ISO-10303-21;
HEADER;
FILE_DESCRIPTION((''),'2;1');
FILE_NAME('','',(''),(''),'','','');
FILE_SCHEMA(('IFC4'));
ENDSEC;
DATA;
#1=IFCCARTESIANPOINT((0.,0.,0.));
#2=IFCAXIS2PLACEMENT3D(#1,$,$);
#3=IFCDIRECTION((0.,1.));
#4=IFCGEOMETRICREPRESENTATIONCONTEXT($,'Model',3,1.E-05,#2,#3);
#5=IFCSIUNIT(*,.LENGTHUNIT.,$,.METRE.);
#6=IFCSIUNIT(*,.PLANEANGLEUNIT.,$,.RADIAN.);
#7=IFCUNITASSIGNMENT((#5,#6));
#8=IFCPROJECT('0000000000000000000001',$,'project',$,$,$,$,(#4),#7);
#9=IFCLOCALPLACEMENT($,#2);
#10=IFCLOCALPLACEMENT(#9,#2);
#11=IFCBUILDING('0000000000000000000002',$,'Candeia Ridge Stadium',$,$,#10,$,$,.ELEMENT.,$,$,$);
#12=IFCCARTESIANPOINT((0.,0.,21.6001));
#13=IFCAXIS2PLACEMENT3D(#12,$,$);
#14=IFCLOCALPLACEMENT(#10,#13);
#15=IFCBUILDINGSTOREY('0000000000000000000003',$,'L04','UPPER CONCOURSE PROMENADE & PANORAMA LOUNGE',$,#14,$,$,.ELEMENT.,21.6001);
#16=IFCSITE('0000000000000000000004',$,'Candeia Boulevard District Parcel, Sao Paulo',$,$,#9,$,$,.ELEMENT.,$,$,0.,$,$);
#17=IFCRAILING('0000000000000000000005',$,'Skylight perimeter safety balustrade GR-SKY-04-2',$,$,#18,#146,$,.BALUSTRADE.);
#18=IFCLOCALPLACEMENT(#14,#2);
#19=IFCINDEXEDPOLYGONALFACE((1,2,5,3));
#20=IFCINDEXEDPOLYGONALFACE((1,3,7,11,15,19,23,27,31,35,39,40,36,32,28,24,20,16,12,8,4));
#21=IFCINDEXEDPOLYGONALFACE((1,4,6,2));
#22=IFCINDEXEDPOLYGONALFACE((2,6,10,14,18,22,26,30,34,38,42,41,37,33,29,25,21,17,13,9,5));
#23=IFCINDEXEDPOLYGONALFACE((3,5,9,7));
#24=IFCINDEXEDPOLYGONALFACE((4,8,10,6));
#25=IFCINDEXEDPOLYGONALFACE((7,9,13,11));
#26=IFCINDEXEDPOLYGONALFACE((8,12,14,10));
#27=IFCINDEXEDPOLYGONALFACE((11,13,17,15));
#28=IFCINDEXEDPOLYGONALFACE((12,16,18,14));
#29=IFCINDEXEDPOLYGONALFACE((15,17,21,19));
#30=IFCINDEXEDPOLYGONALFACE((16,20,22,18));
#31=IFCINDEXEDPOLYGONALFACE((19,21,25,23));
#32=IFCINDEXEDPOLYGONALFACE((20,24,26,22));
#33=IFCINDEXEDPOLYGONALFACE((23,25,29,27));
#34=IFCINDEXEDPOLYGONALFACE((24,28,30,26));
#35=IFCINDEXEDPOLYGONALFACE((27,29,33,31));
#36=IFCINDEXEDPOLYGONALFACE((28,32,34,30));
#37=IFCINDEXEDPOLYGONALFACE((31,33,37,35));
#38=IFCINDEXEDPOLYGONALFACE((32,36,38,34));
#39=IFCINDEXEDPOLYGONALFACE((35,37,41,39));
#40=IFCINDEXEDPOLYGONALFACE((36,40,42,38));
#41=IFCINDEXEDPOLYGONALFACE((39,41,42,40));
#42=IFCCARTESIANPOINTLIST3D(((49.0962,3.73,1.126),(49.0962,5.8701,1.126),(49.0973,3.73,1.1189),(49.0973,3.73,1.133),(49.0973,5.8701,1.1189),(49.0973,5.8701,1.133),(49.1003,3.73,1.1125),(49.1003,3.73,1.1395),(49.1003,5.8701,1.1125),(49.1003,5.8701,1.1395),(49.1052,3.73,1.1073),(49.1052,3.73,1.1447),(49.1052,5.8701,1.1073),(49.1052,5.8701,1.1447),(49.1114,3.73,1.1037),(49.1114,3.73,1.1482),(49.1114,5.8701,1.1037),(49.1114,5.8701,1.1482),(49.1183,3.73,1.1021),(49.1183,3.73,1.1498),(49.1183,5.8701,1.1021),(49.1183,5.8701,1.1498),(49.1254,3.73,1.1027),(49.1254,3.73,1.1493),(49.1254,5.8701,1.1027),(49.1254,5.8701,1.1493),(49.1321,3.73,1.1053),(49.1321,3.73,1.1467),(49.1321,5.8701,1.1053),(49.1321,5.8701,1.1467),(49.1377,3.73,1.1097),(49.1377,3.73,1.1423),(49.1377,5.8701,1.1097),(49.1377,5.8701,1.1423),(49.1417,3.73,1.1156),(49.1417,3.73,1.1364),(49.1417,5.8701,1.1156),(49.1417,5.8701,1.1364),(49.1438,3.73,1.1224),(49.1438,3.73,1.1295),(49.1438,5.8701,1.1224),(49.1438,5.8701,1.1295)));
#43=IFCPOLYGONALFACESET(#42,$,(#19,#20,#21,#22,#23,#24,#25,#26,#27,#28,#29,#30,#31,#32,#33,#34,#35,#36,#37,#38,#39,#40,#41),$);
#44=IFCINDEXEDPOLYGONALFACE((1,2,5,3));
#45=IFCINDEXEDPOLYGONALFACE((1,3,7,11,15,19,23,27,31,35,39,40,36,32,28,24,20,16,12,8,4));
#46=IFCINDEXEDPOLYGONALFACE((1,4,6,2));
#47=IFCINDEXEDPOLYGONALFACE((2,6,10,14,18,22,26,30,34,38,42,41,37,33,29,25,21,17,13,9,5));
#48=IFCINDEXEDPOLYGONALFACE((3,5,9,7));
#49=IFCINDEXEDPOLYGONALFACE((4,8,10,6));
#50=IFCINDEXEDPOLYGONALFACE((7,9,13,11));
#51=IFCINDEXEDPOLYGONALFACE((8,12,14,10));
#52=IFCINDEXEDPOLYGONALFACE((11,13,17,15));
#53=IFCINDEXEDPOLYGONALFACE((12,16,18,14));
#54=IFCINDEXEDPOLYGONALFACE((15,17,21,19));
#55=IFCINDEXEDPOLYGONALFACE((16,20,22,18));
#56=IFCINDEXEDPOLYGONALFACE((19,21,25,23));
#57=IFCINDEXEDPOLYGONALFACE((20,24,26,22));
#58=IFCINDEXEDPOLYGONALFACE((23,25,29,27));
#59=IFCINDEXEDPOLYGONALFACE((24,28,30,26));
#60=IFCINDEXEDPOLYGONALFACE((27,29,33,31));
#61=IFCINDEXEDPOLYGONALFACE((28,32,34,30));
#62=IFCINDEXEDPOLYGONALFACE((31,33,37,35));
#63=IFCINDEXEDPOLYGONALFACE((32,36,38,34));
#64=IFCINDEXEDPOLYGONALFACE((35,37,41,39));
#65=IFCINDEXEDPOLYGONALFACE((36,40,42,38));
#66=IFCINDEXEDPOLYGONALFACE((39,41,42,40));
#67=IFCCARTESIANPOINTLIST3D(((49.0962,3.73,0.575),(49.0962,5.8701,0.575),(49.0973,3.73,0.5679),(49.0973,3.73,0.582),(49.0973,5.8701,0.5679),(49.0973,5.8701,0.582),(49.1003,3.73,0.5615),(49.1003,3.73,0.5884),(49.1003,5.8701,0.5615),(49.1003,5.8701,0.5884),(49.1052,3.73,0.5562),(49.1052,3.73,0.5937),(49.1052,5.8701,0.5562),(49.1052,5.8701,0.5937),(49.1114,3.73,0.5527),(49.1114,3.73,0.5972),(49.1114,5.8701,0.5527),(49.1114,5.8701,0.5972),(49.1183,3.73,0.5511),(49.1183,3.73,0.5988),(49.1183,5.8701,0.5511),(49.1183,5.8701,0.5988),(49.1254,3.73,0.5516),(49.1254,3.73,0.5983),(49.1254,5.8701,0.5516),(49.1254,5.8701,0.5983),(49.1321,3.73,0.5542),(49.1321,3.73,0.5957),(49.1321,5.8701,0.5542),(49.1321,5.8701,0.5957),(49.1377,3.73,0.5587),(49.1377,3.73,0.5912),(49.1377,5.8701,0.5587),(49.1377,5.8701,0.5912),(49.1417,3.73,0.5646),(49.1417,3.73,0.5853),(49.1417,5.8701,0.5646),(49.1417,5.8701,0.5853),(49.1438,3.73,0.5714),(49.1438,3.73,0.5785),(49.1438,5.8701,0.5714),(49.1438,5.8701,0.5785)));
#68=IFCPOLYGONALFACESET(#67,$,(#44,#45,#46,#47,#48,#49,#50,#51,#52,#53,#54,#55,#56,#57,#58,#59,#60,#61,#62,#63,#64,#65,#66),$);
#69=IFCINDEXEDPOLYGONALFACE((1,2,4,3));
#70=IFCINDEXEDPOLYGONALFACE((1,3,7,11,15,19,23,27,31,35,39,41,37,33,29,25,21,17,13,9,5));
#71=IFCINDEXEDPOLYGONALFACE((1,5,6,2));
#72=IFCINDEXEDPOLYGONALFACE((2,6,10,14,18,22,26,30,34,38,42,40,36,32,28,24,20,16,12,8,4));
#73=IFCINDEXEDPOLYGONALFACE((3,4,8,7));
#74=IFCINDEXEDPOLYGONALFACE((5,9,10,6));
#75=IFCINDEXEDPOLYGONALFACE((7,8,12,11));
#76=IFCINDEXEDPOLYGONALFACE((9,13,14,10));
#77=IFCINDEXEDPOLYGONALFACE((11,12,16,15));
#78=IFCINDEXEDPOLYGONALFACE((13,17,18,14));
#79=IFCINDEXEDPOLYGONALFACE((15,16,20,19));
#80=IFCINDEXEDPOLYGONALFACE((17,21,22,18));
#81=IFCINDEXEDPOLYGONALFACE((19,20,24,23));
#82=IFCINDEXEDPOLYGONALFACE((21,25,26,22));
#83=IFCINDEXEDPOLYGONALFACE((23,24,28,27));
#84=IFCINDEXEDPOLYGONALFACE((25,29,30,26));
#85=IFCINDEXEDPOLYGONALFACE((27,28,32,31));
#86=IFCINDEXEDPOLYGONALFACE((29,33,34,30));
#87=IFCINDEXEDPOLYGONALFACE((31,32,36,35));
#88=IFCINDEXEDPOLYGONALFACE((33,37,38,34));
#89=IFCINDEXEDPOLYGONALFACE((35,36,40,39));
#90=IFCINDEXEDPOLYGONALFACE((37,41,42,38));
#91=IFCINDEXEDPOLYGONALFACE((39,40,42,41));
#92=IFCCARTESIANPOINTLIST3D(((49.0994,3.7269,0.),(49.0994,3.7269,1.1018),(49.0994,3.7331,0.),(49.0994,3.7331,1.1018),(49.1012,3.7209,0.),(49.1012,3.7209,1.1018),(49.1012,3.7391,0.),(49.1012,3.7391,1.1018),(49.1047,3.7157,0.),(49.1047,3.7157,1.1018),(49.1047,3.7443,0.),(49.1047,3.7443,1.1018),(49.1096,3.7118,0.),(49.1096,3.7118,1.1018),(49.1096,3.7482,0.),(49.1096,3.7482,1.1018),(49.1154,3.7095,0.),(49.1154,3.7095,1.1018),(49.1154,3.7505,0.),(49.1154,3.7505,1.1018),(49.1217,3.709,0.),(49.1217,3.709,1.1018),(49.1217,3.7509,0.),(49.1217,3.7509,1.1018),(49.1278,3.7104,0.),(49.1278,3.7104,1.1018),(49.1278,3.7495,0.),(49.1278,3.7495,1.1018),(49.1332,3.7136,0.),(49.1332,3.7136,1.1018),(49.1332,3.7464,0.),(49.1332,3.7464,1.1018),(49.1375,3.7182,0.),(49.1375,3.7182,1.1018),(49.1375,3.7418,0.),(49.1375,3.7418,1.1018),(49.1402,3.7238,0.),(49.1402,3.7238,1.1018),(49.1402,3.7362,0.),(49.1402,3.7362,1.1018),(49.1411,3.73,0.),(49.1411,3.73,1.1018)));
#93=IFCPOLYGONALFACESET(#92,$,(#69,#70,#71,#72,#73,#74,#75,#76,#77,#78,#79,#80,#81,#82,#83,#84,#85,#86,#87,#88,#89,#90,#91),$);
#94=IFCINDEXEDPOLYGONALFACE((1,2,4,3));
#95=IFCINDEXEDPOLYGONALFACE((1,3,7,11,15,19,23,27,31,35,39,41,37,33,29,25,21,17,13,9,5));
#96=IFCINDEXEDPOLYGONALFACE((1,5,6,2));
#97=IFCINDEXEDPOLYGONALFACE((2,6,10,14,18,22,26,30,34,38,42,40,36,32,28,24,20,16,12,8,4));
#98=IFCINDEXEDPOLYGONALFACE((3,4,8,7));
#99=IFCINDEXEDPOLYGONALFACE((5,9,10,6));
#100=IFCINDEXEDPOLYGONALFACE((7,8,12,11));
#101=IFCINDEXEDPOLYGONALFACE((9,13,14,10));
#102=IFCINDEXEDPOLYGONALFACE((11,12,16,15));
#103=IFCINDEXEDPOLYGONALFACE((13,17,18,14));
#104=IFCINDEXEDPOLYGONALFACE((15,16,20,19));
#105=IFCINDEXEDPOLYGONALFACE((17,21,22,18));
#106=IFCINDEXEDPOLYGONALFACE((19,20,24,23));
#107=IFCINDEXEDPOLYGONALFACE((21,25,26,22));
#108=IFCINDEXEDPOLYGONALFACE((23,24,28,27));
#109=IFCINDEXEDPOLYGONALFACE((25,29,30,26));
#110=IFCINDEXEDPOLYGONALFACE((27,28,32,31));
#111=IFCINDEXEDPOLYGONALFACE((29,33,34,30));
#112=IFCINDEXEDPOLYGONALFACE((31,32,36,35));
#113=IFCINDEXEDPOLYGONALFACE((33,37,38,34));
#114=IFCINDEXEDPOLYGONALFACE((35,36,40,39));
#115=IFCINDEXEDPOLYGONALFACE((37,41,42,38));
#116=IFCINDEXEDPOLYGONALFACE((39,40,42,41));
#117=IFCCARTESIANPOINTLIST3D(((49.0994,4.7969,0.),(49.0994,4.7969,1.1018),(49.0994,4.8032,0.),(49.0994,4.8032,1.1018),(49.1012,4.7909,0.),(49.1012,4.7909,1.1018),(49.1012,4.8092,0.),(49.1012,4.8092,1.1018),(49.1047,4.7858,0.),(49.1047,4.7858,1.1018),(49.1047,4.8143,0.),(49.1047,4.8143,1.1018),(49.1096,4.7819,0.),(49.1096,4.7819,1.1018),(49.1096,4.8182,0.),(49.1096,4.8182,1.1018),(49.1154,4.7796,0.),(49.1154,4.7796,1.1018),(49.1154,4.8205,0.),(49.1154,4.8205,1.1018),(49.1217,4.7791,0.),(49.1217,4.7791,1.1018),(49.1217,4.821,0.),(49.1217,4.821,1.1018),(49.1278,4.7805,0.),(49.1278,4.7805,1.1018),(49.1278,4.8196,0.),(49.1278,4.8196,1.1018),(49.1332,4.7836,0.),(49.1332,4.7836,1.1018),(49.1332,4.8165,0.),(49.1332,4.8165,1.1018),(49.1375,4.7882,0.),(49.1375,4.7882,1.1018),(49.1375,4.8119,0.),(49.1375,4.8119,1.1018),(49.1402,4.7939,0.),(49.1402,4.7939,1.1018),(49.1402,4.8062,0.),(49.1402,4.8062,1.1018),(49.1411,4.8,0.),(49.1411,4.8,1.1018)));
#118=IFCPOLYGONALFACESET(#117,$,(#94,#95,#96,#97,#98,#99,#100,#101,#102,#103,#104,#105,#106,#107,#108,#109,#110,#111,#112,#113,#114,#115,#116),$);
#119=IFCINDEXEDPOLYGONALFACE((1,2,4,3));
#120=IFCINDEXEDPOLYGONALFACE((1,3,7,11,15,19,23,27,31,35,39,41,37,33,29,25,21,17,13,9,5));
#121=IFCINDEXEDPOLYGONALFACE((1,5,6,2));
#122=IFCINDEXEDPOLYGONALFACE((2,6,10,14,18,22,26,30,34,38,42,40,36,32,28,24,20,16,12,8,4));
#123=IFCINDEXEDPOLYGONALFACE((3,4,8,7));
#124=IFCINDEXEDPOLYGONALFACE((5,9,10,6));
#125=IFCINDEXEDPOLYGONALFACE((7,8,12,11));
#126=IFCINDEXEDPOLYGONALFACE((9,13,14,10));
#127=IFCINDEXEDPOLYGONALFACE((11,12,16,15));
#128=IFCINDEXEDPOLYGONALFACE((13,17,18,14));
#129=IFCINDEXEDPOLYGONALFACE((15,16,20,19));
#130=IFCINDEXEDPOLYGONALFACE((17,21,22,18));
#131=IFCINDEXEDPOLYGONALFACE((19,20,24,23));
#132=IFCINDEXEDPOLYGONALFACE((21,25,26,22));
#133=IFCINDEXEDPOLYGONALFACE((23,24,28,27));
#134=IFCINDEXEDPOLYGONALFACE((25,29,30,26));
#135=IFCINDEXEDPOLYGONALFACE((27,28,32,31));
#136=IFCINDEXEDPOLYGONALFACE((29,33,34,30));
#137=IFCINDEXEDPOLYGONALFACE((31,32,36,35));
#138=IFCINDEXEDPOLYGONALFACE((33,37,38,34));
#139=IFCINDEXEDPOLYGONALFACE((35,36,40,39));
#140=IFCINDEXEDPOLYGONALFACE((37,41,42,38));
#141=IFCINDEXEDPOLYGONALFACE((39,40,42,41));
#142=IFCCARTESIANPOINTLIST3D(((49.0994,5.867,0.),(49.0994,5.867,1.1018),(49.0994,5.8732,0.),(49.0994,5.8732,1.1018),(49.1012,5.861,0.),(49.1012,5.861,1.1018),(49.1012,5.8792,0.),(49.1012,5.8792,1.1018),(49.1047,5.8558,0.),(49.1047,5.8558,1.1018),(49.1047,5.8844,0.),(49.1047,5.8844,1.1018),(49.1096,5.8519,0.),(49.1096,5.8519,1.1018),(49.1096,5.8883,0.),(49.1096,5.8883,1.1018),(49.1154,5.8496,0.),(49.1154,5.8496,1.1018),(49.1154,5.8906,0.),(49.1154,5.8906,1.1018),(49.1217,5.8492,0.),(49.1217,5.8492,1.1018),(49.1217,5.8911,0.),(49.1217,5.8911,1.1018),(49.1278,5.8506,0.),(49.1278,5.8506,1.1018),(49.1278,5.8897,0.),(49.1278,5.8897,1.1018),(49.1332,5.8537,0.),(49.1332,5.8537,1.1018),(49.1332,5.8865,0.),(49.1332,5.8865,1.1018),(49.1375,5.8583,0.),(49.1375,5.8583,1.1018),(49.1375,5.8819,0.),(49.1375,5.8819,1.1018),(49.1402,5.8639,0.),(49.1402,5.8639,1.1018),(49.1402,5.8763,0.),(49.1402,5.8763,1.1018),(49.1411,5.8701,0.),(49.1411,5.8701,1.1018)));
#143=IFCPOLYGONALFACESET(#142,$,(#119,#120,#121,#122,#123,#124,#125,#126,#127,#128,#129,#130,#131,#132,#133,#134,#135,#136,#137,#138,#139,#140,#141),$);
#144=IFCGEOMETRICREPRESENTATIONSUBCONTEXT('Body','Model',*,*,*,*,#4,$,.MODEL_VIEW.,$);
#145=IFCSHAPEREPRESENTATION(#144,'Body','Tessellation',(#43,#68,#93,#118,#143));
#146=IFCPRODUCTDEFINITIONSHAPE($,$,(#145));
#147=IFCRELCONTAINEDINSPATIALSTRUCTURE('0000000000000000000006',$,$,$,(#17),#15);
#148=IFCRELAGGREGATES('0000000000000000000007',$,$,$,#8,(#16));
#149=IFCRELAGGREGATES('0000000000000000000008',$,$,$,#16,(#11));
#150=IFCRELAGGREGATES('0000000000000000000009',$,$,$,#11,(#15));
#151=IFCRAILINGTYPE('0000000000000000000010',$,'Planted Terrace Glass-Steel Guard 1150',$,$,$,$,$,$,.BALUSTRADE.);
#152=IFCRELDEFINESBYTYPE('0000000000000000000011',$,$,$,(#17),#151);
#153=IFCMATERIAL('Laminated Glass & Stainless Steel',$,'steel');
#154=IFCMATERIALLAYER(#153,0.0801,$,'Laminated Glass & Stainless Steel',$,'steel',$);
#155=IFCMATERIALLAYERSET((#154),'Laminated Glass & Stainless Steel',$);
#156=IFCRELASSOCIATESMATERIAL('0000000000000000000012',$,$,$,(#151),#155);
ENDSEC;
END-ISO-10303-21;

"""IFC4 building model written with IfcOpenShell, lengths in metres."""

from ifc_helpers import new_model, si_unit, direction, frame, origin, origin_2d, place, context, subcontext, project, spatial, circle, extrude, material, layer, layer_set, type_object, element, save


model = new_model("IFC4")

# Units and contexts
model_context = context("Model", 3, precision=1e-05, world=origin(), true_north=direction((0.0, 1.0)))
body_context = subcontext(model_context, "Body", "Model", "MODEL_VIEW")
ifc_project = project(units=[si_unit("LENGTHUNIT", "METRE"), si_unit("PLANEANGLEUNIT", "RADIAN")], contexts=[model_context])

# Site, building, storey
site_placement = place(None, origin())
site = spatial("IfcSite", under=ifc_project, at=site_placement, Name="Candeia Boulevard District Parcel, Sao Paulo", CompositionType="ELEMENT", RefElevation=0.0)
building_placement = place(site_placement, origin())
building = spatial("IfcBuilding", under=site, at=building_placement, Name="Candeia Ridge Stadium", CompositionType="ELEMENT")
storey_placement = place(building_placement, frame((0.0, 0.0, 21.6001)))
storey = spatial("IfcBuildingStorey", under=building, at=storey_placement, Name="L04", Description="UPPER CONCOURSE PROMENADE & PANORAMA LOUNGE", CompositionType="ELEMENT", Elevation=21.6001)

# Railing
ifc_material_1 = material(Name="Laminated Glass & Stainless Steel", Category="steel")
ifc_layer_1 = layer(ifc_material_1, 0.0801, Name="Laminated Glass & Stainless Steel", Category="steel")
ifc_layer_set_1 = layer_set([ifc_layer_1], Name="Laminated Glass & Stainless Steel")
railing_type_1 = type_object("IfcRailingType", Name="Planted Terrace Glass-Steel Guard 1150", PredefinedType="BALUSTRADE", material=ifc_layer_set_1)
railing_1_placement = place(storey_placement, frame((49.1201, 3.73, 0.0)))
element("IfcRailing", 1, at=railing_1_placement, inside=storey, type_object=railing_type_1, Name="Skylight perimeter safety balustrade GR-SKY-04-2", PredefinedType="BALUSTRADE", context=body_context, shape_type="SweptSolid", body=[
    extrude(circle(Radius=0.0239, at=origin_2d()), frame((0.0, 0.0, 1.126), z_axis=(0.0, 1.0, 0.0), x_axis=(-1.0, 0.0, 0.0)), (0.0, 0.0, 1.0), 2.1401),
    extrude(circle(Radius=0.0239, at=origin_2d()), frame((0.0, 0.0, 0.575), z_axis=(0.0, 1.0, 0.0), x_axis=(-1.0, 0.0, 0.0)), (0.0, 0.0, 1.0), 2.1401),
    extrude(circle(Radius=0.021, at=origin_2d()), origin(), (0.0, 0.0, 1.0), 1.1018),
    extrude(circle(Radius=0.021, at=origin_2d()), frame((0.0, 1.0701, 0.0)), (0.0, 0.0, 1.0), 1.1018),
    extrude(circle(Radius=0.021, at=origin_2d()), frame((0.0, 2.1401, 0.0)), (0.0, 0.0, 1.0), 1.1018),
])

save(model, "model.ifc")
